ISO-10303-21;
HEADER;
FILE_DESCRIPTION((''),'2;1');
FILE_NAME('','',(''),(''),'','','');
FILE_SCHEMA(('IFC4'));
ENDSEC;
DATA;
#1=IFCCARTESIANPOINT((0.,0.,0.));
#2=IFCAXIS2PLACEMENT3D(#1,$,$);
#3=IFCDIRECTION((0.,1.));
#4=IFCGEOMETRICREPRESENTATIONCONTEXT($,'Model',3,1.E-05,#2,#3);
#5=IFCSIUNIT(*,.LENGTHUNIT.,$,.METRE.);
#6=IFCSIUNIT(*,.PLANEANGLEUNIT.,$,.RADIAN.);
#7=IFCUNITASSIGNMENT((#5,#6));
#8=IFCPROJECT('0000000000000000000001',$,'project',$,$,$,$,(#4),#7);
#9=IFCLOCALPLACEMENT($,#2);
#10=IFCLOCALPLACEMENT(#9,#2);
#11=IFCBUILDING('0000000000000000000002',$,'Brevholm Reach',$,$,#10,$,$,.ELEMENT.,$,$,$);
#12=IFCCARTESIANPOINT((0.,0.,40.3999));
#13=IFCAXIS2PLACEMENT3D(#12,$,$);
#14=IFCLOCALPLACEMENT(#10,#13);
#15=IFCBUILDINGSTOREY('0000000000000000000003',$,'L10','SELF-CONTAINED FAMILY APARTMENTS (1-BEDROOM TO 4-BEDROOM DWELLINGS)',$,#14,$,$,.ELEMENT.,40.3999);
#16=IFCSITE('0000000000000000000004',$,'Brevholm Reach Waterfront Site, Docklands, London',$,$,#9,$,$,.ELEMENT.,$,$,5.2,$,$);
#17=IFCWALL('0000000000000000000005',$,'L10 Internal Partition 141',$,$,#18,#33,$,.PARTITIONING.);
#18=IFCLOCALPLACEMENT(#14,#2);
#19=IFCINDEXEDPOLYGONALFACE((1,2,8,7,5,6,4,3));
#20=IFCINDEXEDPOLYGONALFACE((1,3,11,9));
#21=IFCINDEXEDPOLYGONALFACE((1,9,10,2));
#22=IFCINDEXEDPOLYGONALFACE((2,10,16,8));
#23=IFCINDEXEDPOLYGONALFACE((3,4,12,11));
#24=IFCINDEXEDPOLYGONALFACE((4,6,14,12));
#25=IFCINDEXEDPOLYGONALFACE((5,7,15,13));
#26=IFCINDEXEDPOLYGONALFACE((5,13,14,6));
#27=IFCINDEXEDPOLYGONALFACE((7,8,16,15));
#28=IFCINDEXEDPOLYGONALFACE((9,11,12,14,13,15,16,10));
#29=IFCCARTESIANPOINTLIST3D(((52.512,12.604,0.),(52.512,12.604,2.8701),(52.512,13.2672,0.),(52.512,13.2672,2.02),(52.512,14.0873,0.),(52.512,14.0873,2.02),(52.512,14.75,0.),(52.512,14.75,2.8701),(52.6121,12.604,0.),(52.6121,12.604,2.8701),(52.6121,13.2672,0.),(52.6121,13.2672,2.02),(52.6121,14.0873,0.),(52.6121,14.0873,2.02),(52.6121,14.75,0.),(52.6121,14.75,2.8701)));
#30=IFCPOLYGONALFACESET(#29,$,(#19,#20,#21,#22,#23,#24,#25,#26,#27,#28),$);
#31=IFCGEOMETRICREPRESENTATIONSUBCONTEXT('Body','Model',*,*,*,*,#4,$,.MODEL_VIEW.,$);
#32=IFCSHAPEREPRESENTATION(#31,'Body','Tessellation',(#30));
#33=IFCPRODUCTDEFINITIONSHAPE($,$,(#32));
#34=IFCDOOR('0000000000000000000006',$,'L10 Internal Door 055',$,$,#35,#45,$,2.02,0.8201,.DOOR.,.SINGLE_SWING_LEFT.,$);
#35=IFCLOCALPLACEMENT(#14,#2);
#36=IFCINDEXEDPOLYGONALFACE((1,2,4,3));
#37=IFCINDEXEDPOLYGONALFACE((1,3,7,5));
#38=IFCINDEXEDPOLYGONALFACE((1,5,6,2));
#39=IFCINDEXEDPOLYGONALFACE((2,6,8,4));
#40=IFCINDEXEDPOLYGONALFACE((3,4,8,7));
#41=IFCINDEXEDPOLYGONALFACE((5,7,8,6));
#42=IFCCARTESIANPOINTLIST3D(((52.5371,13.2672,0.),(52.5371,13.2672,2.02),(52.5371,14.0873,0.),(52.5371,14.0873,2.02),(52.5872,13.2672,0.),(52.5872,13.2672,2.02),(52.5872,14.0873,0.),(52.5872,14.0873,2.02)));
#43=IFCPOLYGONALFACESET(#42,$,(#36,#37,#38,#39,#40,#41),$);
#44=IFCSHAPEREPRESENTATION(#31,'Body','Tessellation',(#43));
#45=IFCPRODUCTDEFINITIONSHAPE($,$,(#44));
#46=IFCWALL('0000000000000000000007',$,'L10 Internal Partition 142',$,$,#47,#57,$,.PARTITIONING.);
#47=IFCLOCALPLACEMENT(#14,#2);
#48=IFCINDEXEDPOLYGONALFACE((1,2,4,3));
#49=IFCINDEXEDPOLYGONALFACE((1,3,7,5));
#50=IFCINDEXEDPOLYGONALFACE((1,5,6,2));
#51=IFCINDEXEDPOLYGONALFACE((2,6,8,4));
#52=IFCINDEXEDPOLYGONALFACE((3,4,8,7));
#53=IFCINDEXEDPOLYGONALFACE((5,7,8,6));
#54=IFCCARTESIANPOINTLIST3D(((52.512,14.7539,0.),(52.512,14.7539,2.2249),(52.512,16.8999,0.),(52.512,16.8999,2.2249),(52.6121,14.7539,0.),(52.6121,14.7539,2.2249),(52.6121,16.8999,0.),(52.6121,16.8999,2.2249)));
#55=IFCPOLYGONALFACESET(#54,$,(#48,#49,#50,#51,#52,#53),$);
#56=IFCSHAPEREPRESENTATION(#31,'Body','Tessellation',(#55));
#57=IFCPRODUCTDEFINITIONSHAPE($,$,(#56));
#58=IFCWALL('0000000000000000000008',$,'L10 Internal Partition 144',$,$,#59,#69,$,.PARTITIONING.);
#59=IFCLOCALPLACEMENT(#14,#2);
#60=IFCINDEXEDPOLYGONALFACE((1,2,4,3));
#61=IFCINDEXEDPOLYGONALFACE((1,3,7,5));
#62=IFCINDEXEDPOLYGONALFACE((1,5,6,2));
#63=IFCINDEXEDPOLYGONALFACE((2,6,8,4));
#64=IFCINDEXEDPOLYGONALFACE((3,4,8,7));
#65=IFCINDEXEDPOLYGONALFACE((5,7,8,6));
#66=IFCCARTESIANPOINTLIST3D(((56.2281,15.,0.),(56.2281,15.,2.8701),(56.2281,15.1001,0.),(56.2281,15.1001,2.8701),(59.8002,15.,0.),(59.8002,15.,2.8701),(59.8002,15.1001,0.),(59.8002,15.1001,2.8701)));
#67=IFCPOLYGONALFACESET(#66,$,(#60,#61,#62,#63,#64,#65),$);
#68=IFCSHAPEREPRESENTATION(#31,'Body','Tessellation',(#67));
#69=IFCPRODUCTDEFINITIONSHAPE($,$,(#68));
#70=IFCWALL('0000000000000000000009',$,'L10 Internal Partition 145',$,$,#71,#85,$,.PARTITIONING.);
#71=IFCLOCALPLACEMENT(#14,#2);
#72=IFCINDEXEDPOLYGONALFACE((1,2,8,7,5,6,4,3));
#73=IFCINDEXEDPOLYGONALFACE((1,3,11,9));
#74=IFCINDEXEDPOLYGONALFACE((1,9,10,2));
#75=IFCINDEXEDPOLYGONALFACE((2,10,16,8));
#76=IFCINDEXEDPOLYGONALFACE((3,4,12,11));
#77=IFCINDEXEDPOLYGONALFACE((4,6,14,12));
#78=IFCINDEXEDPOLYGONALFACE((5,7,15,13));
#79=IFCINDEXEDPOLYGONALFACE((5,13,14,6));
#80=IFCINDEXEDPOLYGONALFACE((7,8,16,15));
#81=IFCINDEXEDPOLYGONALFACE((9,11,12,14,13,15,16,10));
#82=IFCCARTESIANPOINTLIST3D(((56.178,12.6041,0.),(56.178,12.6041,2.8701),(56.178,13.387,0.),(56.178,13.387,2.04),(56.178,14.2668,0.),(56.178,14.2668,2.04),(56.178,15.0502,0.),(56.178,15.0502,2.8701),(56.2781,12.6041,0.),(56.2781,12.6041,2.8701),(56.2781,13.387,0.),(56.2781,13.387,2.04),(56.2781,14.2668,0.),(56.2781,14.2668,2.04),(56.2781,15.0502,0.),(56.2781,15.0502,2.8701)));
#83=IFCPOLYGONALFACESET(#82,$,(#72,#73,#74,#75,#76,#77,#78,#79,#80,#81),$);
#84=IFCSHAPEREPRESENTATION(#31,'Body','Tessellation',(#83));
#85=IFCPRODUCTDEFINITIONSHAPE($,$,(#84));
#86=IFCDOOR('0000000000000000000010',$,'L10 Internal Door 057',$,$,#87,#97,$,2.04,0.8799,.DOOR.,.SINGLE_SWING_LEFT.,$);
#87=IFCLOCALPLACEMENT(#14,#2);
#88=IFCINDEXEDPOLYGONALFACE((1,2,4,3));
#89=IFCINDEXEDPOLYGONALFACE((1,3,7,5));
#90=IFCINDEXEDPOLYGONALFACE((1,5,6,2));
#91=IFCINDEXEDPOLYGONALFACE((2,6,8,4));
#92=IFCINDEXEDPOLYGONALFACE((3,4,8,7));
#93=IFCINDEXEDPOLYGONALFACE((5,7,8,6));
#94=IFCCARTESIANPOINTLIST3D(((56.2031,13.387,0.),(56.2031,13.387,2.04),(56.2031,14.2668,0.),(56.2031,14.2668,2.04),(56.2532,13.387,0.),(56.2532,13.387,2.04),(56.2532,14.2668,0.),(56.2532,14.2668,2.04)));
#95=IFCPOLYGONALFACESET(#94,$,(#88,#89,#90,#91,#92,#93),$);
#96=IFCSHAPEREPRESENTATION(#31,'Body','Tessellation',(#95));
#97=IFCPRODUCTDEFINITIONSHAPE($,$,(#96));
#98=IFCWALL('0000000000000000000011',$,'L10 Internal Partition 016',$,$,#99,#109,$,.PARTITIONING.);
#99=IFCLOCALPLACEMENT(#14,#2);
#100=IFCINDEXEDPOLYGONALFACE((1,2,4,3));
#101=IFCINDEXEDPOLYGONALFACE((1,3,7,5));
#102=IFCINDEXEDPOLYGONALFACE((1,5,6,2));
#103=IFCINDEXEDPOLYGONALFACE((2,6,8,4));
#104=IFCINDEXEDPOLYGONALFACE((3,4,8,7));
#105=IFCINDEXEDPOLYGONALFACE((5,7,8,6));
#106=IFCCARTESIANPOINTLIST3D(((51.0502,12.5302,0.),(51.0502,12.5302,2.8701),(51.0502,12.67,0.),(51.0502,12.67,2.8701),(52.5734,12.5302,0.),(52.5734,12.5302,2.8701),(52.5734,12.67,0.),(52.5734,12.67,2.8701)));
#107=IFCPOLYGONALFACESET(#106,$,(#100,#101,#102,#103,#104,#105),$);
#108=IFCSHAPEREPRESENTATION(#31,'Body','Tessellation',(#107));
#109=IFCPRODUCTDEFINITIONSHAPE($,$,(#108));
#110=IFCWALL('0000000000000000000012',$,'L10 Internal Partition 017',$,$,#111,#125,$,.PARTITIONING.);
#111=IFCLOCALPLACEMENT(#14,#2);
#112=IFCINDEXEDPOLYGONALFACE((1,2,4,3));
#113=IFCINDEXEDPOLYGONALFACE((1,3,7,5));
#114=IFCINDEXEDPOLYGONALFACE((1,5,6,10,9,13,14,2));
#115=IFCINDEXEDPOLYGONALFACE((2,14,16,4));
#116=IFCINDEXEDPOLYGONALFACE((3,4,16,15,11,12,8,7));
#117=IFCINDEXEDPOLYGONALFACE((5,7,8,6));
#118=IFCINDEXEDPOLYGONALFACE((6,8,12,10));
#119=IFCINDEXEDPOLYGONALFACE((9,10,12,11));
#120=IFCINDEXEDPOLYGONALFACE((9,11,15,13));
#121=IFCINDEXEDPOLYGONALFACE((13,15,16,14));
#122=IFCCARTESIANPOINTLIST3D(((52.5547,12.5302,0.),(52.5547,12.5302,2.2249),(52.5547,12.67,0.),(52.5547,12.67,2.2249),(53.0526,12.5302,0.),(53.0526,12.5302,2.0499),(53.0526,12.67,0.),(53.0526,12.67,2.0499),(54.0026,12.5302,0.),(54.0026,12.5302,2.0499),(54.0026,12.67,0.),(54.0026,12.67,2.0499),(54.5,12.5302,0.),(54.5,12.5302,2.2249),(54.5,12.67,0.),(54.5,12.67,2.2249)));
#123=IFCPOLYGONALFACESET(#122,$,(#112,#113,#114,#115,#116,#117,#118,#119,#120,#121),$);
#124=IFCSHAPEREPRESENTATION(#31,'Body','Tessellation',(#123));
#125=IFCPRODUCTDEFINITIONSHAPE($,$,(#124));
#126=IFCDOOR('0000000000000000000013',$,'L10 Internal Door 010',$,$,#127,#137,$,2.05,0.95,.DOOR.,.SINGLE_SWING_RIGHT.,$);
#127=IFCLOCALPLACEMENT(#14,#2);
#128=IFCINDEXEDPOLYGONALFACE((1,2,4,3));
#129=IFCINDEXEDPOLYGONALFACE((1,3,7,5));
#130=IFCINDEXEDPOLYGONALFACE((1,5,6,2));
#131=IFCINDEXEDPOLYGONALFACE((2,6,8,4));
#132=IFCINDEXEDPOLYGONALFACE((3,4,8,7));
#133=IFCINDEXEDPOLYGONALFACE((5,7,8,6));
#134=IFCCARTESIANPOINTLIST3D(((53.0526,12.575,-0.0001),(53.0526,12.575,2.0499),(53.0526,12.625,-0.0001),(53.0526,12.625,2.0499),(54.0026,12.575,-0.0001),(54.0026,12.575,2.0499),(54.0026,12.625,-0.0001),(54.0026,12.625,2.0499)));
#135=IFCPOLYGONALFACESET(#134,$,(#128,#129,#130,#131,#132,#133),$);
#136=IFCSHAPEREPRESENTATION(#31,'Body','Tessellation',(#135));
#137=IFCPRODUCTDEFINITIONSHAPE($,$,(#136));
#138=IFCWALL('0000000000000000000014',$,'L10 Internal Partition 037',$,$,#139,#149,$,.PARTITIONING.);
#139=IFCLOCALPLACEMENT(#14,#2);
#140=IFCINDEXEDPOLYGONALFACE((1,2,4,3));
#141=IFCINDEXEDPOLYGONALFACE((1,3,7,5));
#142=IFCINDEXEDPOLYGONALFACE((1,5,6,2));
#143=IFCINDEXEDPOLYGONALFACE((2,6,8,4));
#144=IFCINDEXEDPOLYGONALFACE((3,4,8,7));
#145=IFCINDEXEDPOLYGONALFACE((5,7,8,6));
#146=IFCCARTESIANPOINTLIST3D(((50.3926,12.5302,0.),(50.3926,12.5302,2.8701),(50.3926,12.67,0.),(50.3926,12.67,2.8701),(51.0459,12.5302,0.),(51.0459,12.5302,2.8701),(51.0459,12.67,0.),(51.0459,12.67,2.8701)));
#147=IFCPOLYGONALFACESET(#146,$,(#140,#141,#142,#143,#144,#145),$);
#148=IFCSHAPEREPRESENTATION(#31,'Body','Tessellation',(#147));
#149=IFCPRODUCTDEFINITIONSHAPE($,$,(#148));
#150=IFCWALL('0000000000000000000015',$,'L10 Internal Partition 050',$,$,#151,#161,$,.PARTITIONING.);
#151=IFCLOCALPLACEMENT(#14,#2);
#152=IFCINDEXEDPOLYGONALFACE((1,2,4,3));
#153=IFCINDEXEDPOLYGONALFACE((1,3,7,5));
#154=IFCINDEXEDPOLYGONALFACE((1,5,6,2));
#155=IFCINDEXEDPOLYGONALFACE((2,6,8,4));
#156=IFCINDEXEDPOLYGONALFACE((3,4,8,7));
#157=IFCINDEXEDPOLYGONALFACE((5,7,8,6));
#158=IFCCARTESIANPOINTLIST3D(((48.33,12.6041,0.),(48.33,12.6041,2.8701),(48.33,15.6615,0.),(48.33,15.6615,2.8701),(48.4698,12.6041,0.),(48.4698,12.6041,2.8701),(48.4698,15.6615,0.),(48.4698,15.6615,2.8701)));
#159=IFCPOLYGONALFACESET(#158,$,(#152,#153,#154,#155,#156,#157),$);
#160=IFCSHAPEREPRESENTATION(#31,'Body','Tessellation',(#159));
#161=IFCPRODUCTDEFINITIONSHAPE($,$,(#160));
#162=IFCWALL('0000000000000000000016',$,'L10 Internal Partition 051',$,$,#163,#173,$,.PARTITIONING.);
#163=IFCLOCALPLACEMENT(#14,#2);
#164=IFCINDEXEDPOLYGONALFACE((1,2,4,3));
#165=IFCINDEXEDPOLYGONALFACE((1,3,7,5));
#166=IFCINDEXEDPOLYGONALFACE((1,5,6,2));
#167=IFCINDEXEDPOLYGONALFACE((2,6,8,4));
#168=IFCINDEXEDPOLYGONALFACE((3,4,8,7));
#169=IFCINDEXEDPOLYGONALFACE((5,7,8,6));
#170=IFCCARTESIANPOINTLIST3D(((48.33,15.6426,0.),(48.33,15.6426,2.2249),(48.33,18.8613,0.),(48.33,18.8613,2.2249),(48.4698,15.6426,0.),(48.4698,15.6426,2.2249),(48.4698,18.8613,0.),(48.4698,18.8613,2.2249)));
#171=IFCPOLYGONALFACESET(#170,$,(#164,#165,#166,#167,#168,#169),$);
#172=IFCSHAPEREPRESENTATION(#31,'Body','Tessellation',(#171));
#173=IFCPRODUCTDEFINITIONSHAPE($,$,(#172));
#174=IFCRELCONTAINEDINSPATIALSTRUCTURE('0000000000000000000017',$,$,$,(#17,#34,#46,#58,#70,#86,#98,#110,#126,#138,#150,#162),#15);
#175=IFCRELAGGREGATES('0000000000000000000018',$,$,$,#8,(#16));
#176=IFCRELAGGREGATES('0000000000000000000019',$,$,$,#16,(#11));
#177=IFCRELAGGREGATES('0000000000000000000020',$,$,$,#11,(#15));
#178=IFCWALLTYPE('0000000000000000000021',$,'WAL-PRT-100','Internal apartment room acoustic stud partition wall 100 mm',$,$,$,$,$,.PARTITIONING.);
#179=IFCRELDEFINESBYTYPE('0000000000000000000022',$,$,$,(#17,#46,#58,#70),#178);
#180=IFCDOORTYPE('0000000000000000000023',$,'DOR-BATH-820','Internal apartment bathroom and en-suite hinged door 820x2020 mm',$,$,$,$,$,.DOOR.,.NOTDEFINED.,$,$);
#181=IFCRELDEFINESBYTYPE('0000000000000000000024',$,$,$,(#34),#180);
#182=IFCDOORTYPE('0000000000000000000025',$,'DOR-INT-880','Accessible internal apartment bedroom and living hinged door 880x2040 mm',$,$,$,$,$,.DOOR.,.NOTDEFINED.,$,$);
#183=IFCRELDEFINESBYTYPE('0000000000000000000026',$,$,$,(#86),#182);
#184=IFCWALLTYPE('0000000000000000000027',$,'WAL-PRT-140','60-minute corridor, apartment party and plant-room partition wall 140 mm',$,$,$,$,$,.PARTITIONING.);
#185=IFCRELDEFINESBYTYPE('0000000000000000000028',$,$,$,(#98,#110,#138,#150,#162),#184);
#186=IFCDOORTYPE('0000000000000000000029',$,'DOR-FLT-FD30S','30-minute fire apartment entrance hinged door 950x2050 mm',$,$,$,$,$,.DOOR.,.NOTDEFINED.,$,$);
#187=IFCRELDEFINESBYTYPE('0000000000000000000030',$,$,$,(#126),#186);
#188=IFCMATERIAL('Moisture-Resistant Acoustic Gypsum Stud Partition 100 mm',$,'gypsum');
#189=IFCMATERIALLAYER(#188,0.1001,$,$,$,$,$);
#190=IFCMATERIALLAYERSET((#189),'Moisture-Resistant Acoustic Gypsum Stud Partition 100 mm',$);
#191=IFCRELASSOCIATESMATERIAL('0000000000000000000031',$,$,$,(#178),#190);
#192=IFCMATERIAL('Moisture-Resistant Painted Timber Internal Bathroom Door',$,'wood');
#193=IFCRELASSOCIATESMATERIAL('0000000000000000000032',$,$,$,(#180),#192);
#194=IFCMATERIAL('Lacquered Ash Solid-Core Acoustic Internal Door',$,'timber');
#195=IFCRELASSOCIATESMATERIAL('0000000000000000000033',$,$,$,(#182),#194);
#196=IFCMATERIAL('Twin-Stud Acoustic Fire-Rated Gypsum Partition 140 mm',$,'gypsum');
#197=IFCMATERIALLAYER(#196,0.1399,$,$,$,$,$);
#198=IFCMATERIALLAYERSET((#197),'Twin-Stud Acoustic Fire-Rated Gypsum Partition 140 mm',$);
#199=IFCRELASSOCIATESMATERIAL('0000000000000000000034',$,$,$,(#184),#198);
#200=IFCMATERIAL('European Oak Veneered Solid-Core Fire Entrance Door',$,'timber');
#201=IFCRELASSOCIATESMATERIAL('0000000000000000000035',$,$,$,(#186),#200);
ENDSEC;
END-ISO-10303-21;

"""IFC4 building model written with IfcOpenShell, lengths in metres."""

from ifc_helpers import new_model, si_unit, direction, frame, frame_2d, origin, place, context, subcontext, project, spatial, rectangle, extrude, material, layer, layer_set, type_object, element, fill, save


model = new_model("IFC4")

# Units and contexts
model_context = context("Model", 3, precision=1e-05, world=origin(), true_north=direction((0.0, 1.0)))
body_context = subcontext(model_context, "Body", "Model", "MODEL_VIEW")
ifc_project = project(units=[si_unit("LENGTHUNIT", "METRE"), si_unit("PLANEANGLEUNIT", "RADIAN")], contexts=[model_context])

# Site, building, storey
site_placement = place(None, origin())
site = spatial("IfcSite", under=ifc_project, at=site_placement, Name="Brevholm Reach Waterfront Site, Docklands, London", CompositionType="ELEMENT", RefElevation=5.2)
building_placement = place(site_placement, origin())
building = spatial("IfcBuilding", under=site, at=building_placement, Name="Brevholm Reach", CompositionType="ELEMENT")
storey_placement = place(building_placement, frame((0.0, 0.0, 40.3999)))
storey = spatial("IfcBuildingStorey", under=building, at=storey_placement, Name="L10", Description="SELF-CONTAINED FAMILY APARTMENTS (1-BEDROOM TO 4-BEDROOM DWELLINGS)", CompositionType="ELEMENT", Elevation=40.3999)

# Shared definitions
ifc_material_1 = material(Name="Moisture-Resistant Acoustic Gypsum Stud Partition 100 mm", Category="gypsum")
ifc_layer_1 = layer(ifc_material_1, 0.1001)
ifc_layer_set_1 = layer_set([ifc_layer_1], Name="Moisture-Resistant Acoustic Gypsum Stud Partition 100 mm")
wall_type_1 = type_object("IfcWallType", Name="WAL-PRT-100", Description="Internal apartment room acoustic stud partition wall 100 mm", PredefinedType="PARTITIONING", material=ifc_layer_set_1)

# Wall, opening, door
wall_1_placement = place(storey_placement, frame((52.562, 12.604, 0.0), z_axis=(0.0, 0.0, 1.0), x_axis=(0.0, 1.0, 0.0)))
wall_1 = element("IfcWall", 1, at=wall_1_placement, inside=storey, type_object=wall_type_1, Name="L10 Internal Partition 141", PredefinedType="PARTITIONING", context=body_context, shape_type="SweptSolid", body=[
    extrude(rectangle(XDim=2.146, YDim=0.1001, at=frame_2d((1.073, 0.0))), origin(), (0.0, 0.0, 1.0), 2.8701),
])
opening_1_placement = place(wall_1_placement, frame((0.6631, 0.0, 0.0)))
opening_1 = element("IfcOpeningElement", 2, at=opening_1_placement, cuts=wall_1, PredefinedType="OPENING", context=body_context, shape_type="SweptSolid", body=[
    extrude(rectangle(XDim=0.8201, YDim=2.02, at=frame_2d((0.4102, 1.01))), frame((0.0, 0.0601, 0.0), z_axis=(0.0, -1.0, 0.0), x_axis=(1.0, 0.0, 0.0)), (0.0, 0.0, 1.0), 0.1201),
])
ifc_material_2 = material(Name="Moisture-Resistant Painted Timber Internal Bathroom Door", Category="wood")
door_type_1 = type_object("IfcDoorType", Name="DOR-BATH-820", Description="Internal apartment bathroom and en-suite hinged door 820x2020 mm", OperationType="NOTDEFINED", PredefinedType="DOOR", material=ifc_material_2)
door_1_placement = place(opening_1_placement, origin())
door_1 = element("IfcDoor", 3, at=door_1_placement, inside=storey, type_object=door_type_1, Name="L10 Internal Door 055", OperationType="SINGLE_SWING_LEFT", OverallHeight=2.02, OverallWidth=0.8201, PredefinedType="DOOR", context=body_context, shape_type="SweptSolid", body=[
    extrude(rectangle(XDim=0.8201, YDim=2.02, at=frame_2d((0.4102, 1.01))), frame((0.0, 0.0249, 0.0), z_axis=(0.0, -1.0, 0.0), x_axis=(1.0, 0.0, 0.0)), (0.0, 0.0, 1.0), 0.05),
])
fill(opening_1, door_1)

# Walls
wall_2_placement = place(storey_placement, frame((52.562, 14.7539, 0.0), z_axis=(0.0, 0.0, 1.0), x_axis=(0.0, 1.0, 0.0)))
element("IfcWall", 4, at=wall_2_placement, inside=storey, type_object=wall_type_1, Name="L10 Internal Partition 142", PredefinedType="PARTITIONING", context=body_context, shape_type="SweptSolid", body=[
    extrude(rectangle(XDim=2.146, YDim=0.1001, at=frame_2d((1.073, 0.0))), origin(), (0.0, 0.0, 1.0), 2.2249),
])
wall_3_placement = place(storey_placement, frame((56.228, 15.05, 0.0), z_axis=(0.0, 0.0, 1.0), x_axis=(1.0, 0.0, 0.0)))
element("IfcWall", 5, at=wall_3_placement, inside=storey, type_object=wall_type_1, Name="L10 Internal Partition 144", PredefinedType="PARTITIONING", context=body_context, shape_type="SweptSolid", body=[
    extrude(rectangle(XDim=3.572, YDim=0.1001, at=frame_2d((1.7861, 0.0))), origin(), (0.0, 0.0, 1.0), 2.8701),
])

# Wall, opening, door
wall_4_placement = place(storey_placement, frame((56.228, 12.604, 0.0), z_axis=(0.0, 0.0, 1.0), x_axis=(0.0, 1.0, 0.0)))
wall_4 = element("IfcWall", 6, at=wall_4_placement, inside=storey, type_object=wall_type_1, Name="L10 Internal Partition 145", PredefinedType="PARTITIONING", context=body_context, shape_type="SweptSolid", body=[
    extrude(rectangle(XDim=2.446, YDim=0.1001, at=frame_2d((1.2231, 0.0))), origin(), (0.0, 0.0, 1.0), 2.8701),
])
opening_2_placement = place(wall_4_placement, frame((0.783, 0.0, 0.0)))
opening_2 = element("IfcOpeningElement", 7, at=opening_2_placement, cuts=wall_4, PredefinedType="OPENING", context=body_context, shape_type="SweptSolid", body=[
    extrude(rectangle(XDim=0.8799, YDim=2.04, at=frame_2d((0.4399, 1.02))), frame((0.0, 0.0601, 0.0), z_axis=(0.0, -1.0, 0.0), x_axis=(1.0, 0.0, 0.0)), (0.0, 0.0, 1.0), 0.1201),
])
ifc_material_3 = material(Name="Lacquered Ash Solid-Core Acoustic Internal Door", Category="timber")
door_type_2 = type_object("IfcDoorType", Name="DOR-INT-880", Description="Accessible internal apartment bedroom and living hinged door 880x2040 mm", OperationType="NOTDEFINED", PredefinedType="DOOR", material=ifc_material_3)
door_2_placement = place(opening_2_placement, origin())
door_2 = element("IfcDoor", 8, at=door_2_placement, inside=storey, type_object=door_type_2, Name="L10 Internal Door 057", OperationType="SINGLE_SWING_LEFT", OverallHeight=2.04, OverallWidth=0.8799, PredefinedType="DOOR", context=body_context, shape_type="SweptSolid", body=[
    extrude(rectangle(XDim=0.8799, YDim=2.04, at=frame_2d((0.4399, 1.02))), frame((0.0, 0.0249, 0.0), z_axis=(0.0, -1.0, 0.0), x_axis=(1.0, 0.0, 0.0)), (0.0, 0.0, 1.0), 0.05),
])
fill(opening_2, door_2)

# Wall
ifc_material_4 = material(Name="Twin-Stud Acoustic Fire-Rated Gypsum Partition 140 mm", Category="gypsum")
ifc_layer_2 = layer(ifc_material_4, 0.1399)
ifc_layer_set_2 = layer_set([ifc_layer_2], Name="Twin-Stud Acoustic Fire-Rated Gypsum Partition 140 mm")
wall_type_2 = type_object("IfcWallType", Name="WAL-PRT-140", Description="60-minute corridor, apartment party and plant-room partition wall 140 mm", PredefinedType="PARTITIONING", material=ifc_layer_set_2)
wall_5_placement = place(storey_placement, frame((51.05, 12.6001, 0.0), z_axis=(0.0, 0.0, 1.0), x_axis=(1.0, 0.0, 0.0)))
element("IfcWall", 9, at=wall_5_placement, inside=storey, type_object=wall_type_2, Name="L10 Internal Partition 016", PredefinedType="PARTITIONING", context=body_context, shape_type="SweptSolid", body=[
    extrude(rectangle(XDim=1.5232, YDim=0.1399, at=frame_2d((0.7617, 0.0))), origin(), (0.0, 0.0, 1.0), 2.8701),
])

# Wall, opening, door
wall_6_placement = place(storey_placement, frame((52.5547, 12.6001, 0.0), z_axis=(0.0, 0.0, 1.0), x_axis=(1.0, 0.0, 0.0)))
wall_6 = element("IfcWall", 10, at=wall_6_placement, inside=storey, type_object=wall_type_2, Name="L10 Internal Partition 017", PredefinedType="PARTITIONING", context=body_context, shape_type="SweptSolid", body=[
    extrude(rectangle(XDim=1.9453, YDim=0.1399, at=frame_2d((0.9727, 0.0))), origin(), (0.0, 0.0, 1.0), 2.2249),
])
opening_3_placement = place(wall_6_placement, frame((0.4978, 0.0, 0.0)))
opening_3 = element("IfcOpeningElement", 11, at=opening_3_placement, cuts=wall_6, PredefinedType="OPENING", context=body_context, shape_type="SweptSolid", body=[
    extrude(rectangle(XDim=0.95, YDim=2.05, at=frame_2d((0.4751, 1.0249))), frame((0.0, 0.0798, 0.0), z_axis=(0.0, -1.0, 0.0), x_axis=(1.0, 0.0, 0.0)), (0.0, 0.0, 1.0), 0.1599),
])
ifc_material_5 = material(Name="European Oak Veneered Solid-Core Fire Entrance Door", Category="timber")
door_type_3 = type_object("IfcDoorType", Name="DOR-FLT-FD30S", Description="30-minute fire apartment entrance hinged door 950x2050 mm", OperationType="NOTDEFINED", PredefinedType="DOOR", material=ifc_material_5)
door_3_placement = place(opening_3_placement, origin())
door_3 = element("IfcDoor", 12, at=door_3_placement, inside=storey, type_object=door_type_3, Name="L10 Internal Door 010", OperationType="SINGLE_SWING_RIGHT", OverallHeight=2.05, OverallWidth=0.95, PredefinedType="DOOR", context=body_context, shape_type="SweptSolid", body=[
    extrude(rectangle(XDim=0.95, YDim=2.05, at=frame_2d((0.4751, 1.0249))), frame((0.0, 0.0249, 0.0), z_axis=(0.0, -1.0, 0.0), x_axis=(1.0, 0.0, 0.0)), (0.0, 0.0, 1.0), 0.05),
])
fill(opening_3, door_3)

# Walls
wall_7_placement = place(storey_placement, frame((50.3926, 12.6001, 0.0), z_axis=(0.0, 0.0, 1.0), x_axis=(1.0, 0.0, 0.0)))
element("IfcWall", 13, at=wall_7_placement, inside=storey, type_object=wall_type_2, Name="L10 Internal Partition 037", PredefinedType="PARTITIONING", context=body_context, shape_type="SweptSolid", body=[
    extrude(rectangle(XDim=0.6533, YDim=0.1399, at=frame_2d((0.3267, 0.0))), origin(), (0.0, 0.0, 1.0), 2.8701),
])
wall_8_placement = place(storey_placement, frame((48.3999, 12.604, 0.0), z_axis=(0.0, 0.0, 1.0), x_axis=(0.0, 1.0, 0.0)))
element("IfcWall", 14, at=wall_8_placement, inside=storey, type_object=wall_type_2, Name="L10 Internal Partition 050", PredefinedType="PARTITIONING", context=body_context, shape_type="SweptSolid", body=[
    extrude(rectangle(XDim=3.0574, YDim=0.1399, at=frame_2d((1.5288, 0.0))), origin(), (0.0, 0.0, 1.0), 2.8701),
])
wall_9_placement = place(storey_placement, frame((48.3999, 15.6426, 0.0), z_axis=(0.0, 0.0, 1.0), x_axis=(0.0, 1.0, 0.0)))
element("IfcWall", 15, at=wall_9_placement, inside=storey, type_object=wall_type_2, Name="L10 Internal Partition 051", PredefinedType="PARTITIONING", context=body_context, shape_type="SweptSolid", body=[
    extrude(rectangle(XDim=3.2188, YDim=0.1399, at=frame_2d((1.6094, 0.0))), origin(), (0.0, 0.0, 1.0), 2.2249),
])

save(model, "model.ifc")
